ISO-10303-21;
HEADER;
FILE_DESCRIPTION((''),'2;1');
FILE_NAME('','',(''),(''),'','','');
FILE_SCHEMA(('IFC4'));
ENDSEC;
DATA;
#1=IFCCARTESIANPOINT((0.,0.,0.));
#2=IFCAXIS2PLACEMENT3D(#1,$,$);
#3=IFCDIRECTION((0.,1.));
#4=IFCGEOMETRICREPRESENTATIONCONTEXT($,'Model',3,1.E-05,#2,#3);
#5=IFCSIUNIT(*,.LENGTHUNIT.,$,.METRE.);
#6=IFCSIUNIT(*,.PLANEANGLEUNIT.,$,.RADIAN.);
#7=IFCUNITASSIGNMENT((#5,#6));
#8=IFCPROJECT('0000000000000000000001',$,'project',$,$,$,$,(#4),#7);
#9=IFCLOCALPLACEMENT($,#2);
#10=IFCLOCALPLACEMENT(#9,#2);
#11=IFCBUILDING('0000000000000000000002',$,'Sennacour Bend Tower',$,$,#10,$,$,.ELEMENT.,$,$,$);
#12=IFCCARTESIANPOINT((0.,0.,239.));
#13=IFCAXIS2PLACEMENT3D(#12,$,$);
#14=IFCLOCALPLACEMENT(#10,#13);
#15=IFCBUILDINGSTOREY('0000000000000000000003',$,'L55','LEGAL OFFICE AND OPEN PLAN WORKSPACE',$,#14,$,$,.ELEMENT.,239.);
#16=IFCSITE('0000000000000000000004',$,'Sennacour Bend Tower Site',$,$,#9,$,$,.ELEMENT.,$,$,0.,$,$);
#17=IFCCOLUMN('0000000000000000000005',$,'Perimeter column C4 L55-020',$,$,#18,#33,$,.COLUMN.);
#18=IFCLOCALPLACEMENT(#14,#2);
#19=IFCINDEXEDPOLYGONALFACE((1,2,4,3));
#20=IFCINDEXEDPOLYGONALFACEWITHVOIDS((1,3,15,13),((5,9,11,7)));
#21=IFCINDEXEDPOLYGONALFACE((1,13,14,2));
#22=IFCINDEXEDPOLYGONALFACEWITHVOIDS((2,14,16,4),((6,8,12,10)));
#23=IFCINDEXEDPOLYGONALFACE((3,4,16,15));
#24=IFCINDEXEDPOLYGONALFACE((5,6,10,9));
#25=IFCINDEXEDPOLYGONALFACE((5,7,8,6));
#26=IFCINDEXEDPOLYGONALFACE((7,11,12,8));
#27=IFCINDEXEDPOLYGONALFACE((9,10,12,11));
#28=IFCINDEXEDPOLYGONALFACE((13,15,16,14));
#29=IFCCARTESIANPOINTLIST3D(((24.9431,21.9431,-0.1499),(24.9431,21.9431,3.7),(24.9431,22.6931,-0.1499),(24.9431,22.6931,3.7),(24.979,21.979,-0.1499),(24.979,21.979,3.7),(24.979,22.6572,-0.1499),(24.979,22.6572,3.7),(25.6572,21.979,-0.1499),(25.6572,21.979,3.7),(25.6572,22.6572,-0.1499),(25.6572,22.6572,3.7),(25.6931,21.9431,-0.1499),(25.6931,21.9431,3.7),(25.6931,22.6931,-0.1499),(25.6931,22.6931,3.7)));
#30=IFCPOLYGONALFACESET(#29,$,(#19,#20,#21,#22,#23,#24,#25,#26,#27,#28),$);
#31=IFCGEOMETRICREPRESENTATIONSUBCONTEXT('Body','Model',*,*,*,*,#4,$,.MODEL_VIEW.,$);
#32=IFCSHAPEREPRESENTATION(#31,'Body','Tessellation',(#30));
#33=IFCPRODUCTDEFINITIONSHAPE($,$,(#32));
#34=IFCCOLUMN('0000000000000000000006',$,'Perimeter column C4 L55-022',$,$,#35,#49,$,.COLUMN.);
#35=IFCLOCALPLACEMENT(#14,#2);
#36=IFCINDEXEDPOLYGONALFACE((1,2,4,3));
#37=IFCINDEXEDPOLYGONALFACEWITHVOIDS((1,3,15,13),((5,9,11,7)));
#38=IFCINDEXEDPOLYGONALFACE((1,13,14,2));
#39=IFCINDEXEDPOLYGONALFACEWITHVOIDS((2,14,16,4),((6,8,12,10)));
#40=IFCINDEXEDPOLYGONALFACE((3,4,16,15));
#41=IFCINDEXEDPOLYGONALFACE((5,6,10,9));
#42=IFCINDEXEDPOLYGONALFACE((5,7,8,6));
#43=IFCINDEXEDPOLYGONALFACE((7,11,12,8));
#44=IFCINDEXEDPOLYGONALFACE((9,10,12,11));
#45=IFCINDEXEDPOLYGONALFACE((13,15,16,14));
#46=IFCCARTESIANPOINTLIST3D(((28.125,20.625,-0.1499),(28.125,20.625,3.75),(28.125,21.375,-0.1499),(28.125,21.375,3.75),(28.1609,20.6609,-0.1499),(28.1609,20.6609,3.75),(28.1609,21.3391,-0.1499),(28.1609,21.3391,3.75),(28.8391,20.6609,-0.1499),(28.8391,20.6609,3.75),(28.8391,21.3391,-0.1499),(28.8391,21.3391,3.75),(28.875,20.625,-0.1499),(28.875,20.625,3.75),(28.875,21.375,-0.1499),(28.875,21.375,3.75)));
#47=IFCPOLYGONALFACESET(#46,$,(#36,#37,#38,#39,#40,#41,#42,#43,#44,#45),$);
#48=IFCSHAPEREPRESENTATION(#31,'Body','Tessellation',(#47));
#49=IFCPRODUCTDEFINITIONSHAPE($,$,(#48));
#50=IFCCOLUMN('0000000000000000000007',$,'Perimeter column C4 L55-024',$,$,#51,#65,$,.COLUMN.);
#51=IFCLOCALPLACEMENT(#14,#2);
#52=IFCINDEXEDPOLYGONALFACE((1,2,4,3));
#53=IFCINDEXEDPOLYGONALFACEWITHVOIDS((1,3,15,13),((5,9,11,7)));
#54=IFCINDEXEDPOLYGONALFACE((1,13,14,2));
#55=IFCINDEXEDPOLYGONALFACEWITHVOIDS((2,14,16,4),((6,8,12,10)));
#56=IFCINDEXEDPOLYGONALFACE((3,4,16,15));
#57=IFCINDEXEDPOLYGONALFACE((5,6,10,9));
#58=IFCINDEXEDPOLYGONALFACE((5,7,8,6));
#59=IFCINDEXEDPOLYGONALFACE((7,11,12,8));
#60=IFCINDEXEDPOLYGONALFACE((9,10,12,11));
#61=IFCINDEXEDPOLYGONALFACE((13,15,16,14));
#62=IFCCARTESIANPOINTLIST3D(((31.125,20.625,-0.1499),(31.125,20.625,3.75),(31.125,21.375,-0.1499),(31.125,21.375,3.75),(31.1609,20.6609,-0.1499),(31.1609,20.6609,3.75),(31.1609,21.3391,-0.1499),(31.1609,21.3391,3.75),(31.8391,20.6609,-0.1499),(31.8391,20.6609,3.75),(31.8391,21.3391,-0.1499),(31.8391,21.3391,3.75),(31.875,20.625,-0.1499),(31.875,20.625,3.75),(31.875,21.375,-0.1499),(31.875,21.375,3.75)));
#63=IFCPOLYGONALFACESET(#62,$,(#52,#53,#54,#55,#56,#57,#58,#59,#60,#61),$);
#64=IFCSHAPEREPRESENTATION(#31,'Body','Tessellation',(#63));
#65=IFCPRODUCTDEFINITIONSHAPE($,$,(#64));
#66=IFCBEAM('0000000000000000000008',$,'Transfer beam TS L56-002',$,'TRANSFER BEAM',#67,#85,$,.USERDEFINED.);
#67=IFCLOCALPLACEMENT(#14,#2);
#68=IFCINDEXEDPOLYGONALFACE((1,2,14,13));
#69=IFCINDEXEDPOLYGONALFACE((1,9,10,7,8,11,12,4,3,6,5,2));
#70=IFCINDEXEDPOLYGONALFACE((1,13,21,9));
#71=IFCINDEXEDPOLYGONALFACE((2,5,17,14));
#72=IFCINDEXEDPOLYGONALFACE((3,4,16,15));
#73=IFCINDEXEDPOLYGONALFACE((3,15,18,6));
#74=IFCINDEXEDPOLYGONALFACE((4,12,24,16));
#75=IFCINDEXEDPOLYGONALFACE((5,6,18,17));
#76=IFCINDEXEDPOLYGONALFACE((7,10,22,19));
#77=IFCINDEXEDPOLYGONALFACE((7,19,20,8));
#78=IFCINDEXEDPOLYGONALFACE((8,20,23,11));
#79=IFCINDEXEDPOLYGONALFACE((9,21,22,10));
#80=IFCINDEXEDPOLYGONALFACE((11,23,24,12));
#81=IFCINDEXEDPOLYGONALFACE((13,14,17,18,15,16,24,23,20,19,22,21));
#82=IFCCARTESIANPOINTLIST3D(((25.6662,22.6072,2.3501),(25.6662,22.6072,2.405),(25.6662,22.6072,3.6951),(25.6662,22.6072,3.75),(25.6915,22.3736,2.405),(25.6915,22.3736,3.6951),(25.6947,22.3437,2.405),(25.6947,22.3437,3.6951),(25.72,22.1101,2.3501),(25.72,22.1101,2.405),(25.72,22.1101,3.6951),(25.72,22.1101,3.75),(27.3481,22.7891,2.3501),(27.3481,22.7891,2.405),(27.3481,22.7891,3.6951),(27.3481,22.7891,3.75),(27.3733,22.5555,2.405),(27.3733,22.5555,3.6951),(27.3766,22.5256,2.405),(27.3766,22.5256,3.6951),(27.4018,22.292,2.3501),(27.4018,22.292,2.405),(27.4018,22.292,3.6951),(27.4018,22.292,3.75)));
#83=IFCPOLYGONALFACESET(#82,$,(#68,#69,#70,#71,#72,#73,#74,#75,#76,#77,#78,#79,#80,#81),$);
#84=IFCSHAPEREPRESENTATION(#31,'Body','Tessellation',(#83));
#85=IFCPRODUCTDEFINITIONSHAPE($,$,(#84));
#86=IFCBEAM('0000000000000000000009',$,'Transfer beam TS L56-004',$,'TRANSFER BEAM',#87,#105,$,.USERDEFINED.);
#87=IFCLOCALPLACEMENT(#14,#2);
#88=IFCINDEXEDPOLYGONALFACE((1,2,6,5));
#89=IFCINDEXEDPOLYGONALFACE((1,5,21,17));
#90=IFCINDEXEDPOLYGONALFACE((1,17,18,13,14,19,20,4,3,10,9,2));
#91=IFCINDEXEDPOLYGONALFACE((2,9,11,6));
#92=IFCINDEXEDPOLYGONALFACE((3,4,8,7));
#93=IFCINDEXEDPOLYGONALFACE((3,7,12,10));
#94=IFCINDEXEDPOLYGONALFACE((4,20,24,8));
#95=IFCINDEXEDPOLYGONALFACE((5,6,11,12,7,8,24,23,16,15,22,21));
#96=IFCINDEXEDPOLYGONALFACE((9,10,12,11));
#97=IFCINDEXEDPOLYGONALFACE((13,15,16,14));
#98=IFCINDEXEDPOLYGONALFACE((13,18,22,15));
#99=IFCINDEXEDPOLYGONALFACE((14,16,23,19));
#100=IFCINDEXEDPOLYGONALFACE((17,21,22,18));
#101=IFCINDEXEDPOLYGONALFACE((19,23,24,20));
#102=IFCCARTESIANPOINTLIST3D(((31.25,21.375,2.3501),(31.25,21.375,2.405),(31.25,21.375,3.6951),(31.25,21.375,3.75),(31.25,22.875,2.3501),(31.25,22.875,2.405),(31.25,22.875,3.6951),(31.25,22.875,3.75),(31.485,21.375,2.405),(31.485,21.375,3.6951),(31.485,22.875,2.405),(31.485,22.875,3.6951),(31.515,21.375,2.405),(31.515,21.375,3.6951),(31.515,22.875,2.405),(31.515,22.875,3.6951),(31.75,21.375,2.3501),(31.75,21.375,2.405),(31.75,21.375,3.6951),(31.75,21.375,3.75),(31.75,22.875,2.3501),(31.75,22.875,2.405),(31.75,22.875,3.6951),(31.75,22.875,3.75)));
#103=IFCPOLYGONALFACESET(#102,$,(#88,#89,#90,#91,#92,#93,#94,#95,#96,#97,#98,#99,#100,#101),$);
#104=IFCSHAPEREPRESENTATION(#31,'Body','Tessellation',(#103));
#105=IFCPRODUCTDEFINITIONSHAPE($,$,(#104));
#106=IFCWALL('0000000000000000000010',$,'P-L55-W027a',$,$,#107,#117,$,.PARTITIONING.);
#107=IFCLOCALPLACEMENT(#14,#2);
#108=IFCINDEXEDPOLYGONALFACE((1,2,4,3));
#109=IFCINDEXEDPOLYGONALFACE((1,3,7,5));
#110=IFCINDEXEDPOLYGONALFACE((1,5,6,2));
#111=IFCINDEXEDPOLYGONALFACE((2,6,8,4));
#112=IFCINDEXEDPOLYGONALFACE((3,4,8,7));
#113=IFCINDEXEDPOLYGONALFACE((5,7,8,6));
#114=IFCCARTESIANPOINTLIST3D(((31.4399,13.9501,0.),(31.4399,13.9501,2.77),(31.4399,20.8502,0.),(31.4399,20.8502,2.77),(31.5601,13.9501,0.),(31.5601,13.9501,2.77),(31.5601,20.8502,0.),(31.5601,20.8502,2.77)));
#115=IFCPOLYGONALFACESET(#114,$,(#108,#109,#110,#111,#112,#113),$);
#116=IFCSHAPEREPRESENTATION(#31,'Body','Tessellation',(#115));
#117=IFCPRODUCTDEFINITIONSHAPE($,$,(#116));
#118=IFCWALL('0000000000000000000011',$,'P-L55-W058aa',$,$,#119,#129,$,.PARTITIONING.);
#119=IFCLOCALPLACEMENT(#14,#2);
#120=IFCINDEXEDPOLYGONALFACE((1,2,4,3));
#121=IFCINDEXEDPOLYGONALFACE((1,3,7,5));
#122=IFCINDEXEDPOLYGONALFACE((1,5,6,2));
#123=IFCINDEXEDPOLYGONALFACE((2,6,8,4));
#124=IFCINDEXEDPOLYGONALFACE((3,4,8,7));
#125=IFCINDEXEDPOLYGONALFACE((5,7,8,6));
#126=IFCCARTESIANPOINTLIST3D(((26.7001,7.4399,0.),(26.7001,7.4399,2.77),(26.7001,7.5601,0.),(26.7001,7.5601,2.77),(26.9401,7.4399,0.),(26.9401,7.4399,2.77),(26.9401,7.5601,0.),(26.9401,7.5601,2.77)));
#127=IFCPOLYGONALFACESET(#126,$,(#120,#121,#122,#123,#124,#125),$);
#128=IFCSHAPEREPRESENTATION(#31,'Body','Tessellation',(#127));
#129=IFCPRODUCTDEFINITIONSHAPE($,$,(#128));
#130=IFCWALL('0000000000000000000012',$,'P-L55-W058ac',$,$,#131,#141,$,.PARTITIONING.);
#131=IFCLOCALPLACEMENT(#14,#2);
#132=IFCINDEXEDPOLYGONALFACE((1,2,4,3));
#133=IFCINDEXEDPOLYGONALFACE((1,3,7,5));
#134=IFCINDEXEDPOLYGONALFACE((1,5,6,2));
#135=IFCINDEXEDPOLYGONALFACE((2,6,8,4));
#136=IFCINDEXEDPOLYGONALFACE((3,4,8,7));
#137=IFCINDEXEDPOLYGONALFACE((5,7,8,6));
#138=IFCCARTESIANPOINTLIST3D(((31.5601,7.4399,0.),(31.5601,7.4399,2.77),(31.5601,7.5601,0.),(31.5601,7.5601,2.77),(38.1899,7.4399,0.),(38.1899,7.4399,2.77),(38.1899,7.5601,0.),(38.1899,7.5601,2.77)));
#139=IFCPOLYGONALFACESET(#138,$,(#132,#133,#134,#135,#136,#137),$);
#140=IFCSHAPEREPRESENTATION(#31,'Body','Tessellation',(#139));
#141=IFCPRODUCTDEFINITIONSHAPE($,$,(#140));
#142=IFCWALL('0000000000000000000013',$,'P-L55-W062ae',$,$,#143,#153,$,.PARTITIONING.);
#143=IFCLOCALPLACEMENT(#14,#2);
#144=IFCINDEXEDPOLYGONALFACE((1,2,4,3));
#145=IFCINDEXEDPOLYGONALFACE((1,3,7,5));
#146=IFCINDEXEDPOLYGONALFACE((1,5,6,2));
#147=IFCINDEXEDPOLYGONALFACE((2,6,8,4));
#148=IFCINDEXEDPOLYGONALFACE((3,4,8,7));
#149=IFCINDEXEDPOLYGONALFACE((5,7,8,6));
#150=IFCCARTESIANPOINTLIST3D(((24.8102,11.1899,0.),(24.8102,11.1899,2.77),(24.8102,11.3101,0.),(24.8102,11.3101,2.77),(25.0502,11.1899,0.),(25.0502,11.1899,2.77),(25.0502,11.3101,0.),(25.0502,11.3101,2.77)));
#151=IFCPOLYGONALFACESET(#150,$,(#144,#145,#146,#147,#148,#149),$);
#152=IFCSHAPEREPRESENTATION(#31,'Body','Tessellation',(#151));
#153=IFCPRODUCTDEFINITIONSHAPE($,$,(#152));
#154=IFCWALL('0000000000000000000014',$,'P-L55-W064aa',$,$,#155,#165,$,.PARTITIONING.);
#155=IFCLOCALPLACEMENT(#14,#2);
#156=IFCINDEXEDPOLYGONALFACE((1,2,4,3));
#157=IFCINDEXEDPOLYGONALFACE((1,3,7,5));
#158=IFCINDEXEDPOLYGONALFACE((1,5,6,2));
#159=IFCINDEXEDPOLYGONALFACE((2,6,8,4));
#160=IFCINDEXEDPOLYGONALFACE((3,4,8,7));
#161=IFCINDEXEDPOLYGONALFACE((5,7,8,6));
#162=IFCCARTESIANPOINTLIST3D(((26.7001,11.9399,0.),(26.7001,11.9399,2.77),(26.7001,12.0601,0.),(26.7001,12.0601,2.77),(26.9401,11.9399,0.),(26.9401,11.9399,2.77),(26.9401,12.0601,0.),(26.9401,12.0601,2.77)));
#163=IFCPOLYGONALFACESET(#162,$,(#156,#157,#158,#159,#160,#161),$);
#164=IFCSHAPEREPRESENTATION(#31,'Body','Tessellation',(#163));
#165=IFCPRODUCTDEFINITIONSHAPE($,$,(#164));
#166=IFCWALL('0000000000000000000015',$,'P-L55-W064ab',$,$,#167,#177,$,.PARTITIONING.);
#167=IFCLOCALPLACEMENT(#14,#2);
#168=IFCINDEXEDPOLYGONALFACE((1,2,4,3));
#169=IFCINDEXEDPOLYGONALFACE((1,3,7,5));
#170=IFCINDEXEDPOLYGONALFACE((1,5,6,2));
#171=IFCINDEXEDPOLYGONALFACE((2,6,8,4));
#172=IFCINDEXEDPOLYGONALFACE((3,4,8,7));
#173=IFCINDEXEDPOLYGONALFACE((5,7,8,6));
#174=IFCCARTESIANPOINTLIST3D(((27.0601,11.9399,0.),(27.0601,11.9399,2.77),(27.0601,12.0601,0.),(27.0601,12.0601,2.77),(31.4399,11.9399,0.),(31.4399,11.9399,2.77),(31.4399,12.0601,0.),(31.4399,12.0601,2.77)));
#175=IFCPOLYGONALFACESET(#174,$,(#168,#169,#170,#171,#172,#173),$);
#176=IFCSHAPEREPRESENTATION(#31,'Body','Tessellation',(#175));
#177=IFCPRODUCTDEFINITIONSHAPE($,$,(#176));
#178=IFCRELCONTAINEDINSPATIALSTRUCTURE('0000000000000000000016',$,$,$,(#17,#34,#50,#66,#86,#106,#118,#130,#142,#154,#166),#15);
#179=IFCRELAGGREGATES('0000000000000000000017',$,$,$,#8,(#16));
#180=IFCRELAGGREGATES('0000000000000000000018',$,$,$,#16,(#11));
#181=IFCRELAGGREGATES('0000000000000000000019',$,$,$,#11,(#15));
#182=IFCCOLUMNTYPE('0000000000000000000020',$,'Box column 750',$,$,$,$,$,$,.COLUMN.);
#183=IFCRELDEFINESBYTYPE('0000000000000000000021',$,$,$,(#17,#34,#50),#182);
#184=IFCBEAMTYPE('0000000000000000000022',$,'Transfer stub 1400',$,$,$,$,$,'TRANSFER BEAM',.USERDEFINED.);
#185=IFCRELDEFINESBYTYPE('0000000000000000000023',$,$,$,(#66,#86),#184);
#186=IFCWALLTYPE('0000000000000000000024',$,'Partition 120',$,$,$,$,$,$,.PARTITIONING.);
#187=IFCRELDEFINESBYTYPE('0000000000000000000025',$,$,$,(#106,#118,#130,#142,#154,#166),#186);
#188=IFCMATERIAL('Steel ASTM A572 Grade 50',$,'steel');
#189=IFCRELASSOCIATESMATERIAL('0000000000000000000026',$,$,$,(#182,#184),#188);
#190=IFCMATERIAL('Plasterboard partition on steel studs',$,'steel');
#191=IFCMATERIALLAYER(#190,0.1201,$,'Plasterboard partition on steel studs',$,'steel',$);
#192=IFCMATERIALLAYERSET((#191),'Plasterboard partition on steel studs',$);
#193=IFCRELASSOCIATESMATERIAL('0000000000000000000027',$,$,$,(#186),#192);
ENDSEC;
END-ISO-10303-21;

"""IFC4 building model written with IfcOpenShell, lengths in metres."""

from ifc_helpers import new_model, si_unit, direction, frame, frame_2d, origin, origin_2d, place, context, subcontext, project, spatial, rectangle, hollow_rectangle, i_section, extrude, material, layer, layer_set, material_profile, profile_set, type_object, element, save


model = new_model("IFC4")

# Units and contexts
model_context = context("Model", 3, precision=1e-05, world=origin(), true_north=direction((0.0, 1.0)))
body_context = subcontext(model_context, "Body", "Model", "MODEL_VIEW")
ifc_project = project(units=[si_unit("LENGTHUNIT", "METRE"), si_unit("PLANEANGLEUNIT", "RADIAN")], contexts=[model_context])

# Site, building, storey
site_placement = place(None, origin())
site = spatial("IfcSite", under=ifc_project, at=site_placement, Name="Sennacour Bend Tower Site", CompositionType="ELEMENT", RefElevation=0.0)
building_placement = place(site_placement, origin())
building = spatial("IfcBuilding", under=site, at=building_placement, Name="Sennacour Bend Tower", CompositionType="ELEMENT")
storey_placement = place(building_placement, frame((0.0, 0.0, 239.0)))
storey = spatial("IfcBuildingStorey", under=building, at=storey_placement, Name="L55", Description="LEGAL OFFICE AND OPEN PLAN WORKSPACE", CompositionType="ELEMENT", Elevation=239.0)

# Columns
ifc_material_1 = material(Name="Steel ASTM A572 Grade 50", Category="steel")
ifc_material_profile_1 = material_profile(ifc_material_1, hollow_rectangle(XDim=0.75, YDim=0.75, WallThickness=0.0359, at=origin_2d()), Name="Steel ASTM A572 Grade 50", Category="steel")
ifc_profile_set_1 = profile_set([ifc_material_profile_1], Name="Steel ASTM A572 Grade 50")
column_type = type_object("IfcColumnType", Name="Box column 750", PredefinedType="COLUMN", material=ifc_profile_set_1)
column_placement = place(storey_placement, frame((25.3181, 22.3181, -0.1499), z_axis=(0.0, 0.0, 1.0), x_axis=(1.0, 0.0, 0.0)))
element("IfcColumn", 1, at=column_placement, inside=storey, type_object=column_type, Name="Perimeter column C4 L55-020", PredefinedType="COLUMN", context=body_context, shape_type="SweptSolid", body=[
    extrude(hollow_rectangle(XDim=0.75, YDim=0.75, WallThickness=0.0359, at=origin_2d()), origin(), (0.0, 0.0, 1.0), 3.8499),
])
for number, where, z_axis, x_axis, name in (
    (2, (28.5, 21.0, -0.1499), (0.0, 0.0, 1.0), (1.0, 0.0, 0.0), "Perimeter column C4 L55-022"),
    (3, (31.5, 21.0, -0.1499), (0.0, 0.0, 1.0), (1.0, 0.0, 0.0), "Perimeter column C4 L55-024"),
):
    element("IfcColumn", number, at=place(storey_placement, frame(where, z_axis=z_axis, x_axis=x_axis)), inside=storey, type_object=column_type, Name=name, PredefinedType="COLUMN", context=body_context, shape_type="SweptSolid", body=[
        extrude(hollow_rectangle(XDim=0.75, YDim=0.75, WallThickness=0.0359, at=origin_2d()), origin(), (0.0, 0.0, 1.0), 3.8999),
    ])

# Beams
ifc_material_profile_2 = material_profile(ifc_material_1, i_section(OverallWidth=0.5, OverallDepth=1.3999, WebThickness=0.03, FlangeThickness=0.0549, at=origin_2d()), Name="Steel ASTM A572 Grade 50", Category="steel")
ifc_profile_set_2 = profile_set([ifc_material_profile_2], Name="Steel ASTM A572 Grade 50")
beam_type = type_object("IfcBeamType", Name="Transfer stub 1400", ElementType="TRANSFER BEAM", PredefinedType="USERDEFINED", material=ifc_profile_set_2)
beam_1_placement = place(storey_placement, frame((25.6931, 22.3586, 3.05), z_axis=(0.994203, 0.107517, 0.0), x_axis=(-0.107517, 0.994203, 0.0)))
element("IfcBeam", 4, at=beam_1_placement, inside=storey, type_object=beam_type, Name="Transfer beam TS L56-002", ObjectType="TRANSFER BEAM", PredefinedType="USERDEFINED", context=body_context, shape_type="SweptSolid", body=[
    extrude(i_section(OverallWidth=0.5, OverallDepth=1.3999, WebThickness=0.03, FlangeThickness=0.0549, at=origin_2d()), origin(), (0.0, 0.0, 1.0), 1.6917),
])
beam_2_placement = place(storey_placement, frame((31.5, 21.375, 3.05), z_axis=(0.0, 1.0, 0.0), x_axis=(-1.0, 0.0, 0.0)))
element("IfcBeam", 5, at=beam_2_placement, inside=storey, type_object=beam_type, Name="Transfer beam TS L56-004", ObjectType="TRANSFER BEAM", PredefinedType="USERDEFINED", context=body_context, shape_type="SweptSolid", body=[
    extrude(i_section(OverallWidth=0.5, OverallDepth=1.3999, WebThickness=0.03, FlangeThickness=0.0549, at=origin_2d()), origin(), (0.0, 0.0, 1.0), 1.5),
])

# Walls
ifc_material_2 = material(Name="Plasterboard partition on steel studs", Category="steel")
ifc_layer_1 = layer(ifc_material_2, 0.1201, Name="Plasterboard partition on steel studs", Category="steel")
ifc_layer_set_1 = layer_set([ifc_layer_1], Name="Plasterboard partition on steel studs")
wall_type_1 = type_object("IfcWallType", Name="Partition 120", PredefinedType="PARTITIONING", material=ifc_layer_set_1)
wall_1_placement = place(storey_placement, frame((31.5, 13.95, 0.0), z_axis=(0.0, 0.0, 1.0), x_axis=(0.0, 1.0, 0.0)))
element("IfcWall", 6, at=wall_1_placement, inside=storey, type_object=wall_type_1, Name="P-L55-W027a", PredefinedType="PARTITIONING", context=body_context, shape_type="SweptSolid", body=[
    extrude(rectangle(XDim=6.9001, YDim=0.1201, at=frame_2d((3.4502, 0.0))), origin(), (0.0, 0.0, 1.0), 2.77),
])
wall_2_placement = place(storey_placement, frame((26.7, 7.5, 0.0), z_axis=(0.0, 0.0, 1.0), x_axis=(1.0, 0.0, 0.0)))
element("IfcWall", 7, at=wall_2_placement, inside=storey, type_object=wall_type_1, Name="P-L55-W058aa", PredefinedType="PARTITIONING", context=body_context, shape_type="SweptSolid", body=[
    extrude(rectangle(XDim=0.24, YDim=0.1201, at=frame_2d((0.1201, 0.0))), origin(), (0.0, 0.0, 1.0), 2.77),
])
wall_3_placement = place(storey_placement, frame((31.5601, 7.5, 0.0), z_axis=(0.0, 0.0, 1.0), x_axis=(1.0, 0.0, 0.0)))
element("IfcWall", 8, at=wall_3_placement, inside=storey, type_object=wall_type_1, Name="P-L55-W058ac", PredefinedType="PARTITIONING", context=body_context, shape_type="SweptSolid", body=[
    extrude(rectangle(XDim=6.6299, YDim=0.1201, at=frame_2d((3.3149, 0.0))), origin(), (0.0, 0.0, 1.0), 2.77),
])
for number, where, z_axis, x_axis, name in (
    (9, (24.8101, 11.25, 0.0), (0.0, 0.0, 1.0), (1.0, 0.0, 0.0), "P-L55-W062ae"),
    (10, (26.7, 12.0, 0.0), (0.0, 0.0, 1.0), (1.0, 0.0, 0.0), "P-L55-W064aa"),
):
    element("IfcWall", number, at=place(storey_placement, frame(where, z_axis=z_axis, x_axis=x_axis)), inside=storey, type_object=wall_type_1, Name=name, PredefinedType="PARTITIONING", context=body_context, shape_type="SweptSolid", body=[
        extrude(rectangle(XDim=0.24, YDim=0.1201, at=frame_2d((0.1201, 0.0))), origin(), (0.0, 0.0, 1.0), 2.77),
    ])
wall_4_placement = place(storey_placement, frame((27.0601, 12.0, 0.0), z_axis=(0.0, 0.0, 1.0), x_axis=(1.0, 0.0, 0.0)))
element("IfcWall", 11, at=wall_4_placement, inside=storey, type_object=wall_type_1, Name="P-L55-W064ab", PredefinedType="PARTITIONING", context=body_context, shape_type="SweptSolid", body=[
    extrude(rectangle(XDim=4.3799, YDim=0.1201, at=frame_2d((2.1899, 0.0))), origin(), (0.0, 0.0, 1.0), 2.77),
])

save(model, "model.ifc")
